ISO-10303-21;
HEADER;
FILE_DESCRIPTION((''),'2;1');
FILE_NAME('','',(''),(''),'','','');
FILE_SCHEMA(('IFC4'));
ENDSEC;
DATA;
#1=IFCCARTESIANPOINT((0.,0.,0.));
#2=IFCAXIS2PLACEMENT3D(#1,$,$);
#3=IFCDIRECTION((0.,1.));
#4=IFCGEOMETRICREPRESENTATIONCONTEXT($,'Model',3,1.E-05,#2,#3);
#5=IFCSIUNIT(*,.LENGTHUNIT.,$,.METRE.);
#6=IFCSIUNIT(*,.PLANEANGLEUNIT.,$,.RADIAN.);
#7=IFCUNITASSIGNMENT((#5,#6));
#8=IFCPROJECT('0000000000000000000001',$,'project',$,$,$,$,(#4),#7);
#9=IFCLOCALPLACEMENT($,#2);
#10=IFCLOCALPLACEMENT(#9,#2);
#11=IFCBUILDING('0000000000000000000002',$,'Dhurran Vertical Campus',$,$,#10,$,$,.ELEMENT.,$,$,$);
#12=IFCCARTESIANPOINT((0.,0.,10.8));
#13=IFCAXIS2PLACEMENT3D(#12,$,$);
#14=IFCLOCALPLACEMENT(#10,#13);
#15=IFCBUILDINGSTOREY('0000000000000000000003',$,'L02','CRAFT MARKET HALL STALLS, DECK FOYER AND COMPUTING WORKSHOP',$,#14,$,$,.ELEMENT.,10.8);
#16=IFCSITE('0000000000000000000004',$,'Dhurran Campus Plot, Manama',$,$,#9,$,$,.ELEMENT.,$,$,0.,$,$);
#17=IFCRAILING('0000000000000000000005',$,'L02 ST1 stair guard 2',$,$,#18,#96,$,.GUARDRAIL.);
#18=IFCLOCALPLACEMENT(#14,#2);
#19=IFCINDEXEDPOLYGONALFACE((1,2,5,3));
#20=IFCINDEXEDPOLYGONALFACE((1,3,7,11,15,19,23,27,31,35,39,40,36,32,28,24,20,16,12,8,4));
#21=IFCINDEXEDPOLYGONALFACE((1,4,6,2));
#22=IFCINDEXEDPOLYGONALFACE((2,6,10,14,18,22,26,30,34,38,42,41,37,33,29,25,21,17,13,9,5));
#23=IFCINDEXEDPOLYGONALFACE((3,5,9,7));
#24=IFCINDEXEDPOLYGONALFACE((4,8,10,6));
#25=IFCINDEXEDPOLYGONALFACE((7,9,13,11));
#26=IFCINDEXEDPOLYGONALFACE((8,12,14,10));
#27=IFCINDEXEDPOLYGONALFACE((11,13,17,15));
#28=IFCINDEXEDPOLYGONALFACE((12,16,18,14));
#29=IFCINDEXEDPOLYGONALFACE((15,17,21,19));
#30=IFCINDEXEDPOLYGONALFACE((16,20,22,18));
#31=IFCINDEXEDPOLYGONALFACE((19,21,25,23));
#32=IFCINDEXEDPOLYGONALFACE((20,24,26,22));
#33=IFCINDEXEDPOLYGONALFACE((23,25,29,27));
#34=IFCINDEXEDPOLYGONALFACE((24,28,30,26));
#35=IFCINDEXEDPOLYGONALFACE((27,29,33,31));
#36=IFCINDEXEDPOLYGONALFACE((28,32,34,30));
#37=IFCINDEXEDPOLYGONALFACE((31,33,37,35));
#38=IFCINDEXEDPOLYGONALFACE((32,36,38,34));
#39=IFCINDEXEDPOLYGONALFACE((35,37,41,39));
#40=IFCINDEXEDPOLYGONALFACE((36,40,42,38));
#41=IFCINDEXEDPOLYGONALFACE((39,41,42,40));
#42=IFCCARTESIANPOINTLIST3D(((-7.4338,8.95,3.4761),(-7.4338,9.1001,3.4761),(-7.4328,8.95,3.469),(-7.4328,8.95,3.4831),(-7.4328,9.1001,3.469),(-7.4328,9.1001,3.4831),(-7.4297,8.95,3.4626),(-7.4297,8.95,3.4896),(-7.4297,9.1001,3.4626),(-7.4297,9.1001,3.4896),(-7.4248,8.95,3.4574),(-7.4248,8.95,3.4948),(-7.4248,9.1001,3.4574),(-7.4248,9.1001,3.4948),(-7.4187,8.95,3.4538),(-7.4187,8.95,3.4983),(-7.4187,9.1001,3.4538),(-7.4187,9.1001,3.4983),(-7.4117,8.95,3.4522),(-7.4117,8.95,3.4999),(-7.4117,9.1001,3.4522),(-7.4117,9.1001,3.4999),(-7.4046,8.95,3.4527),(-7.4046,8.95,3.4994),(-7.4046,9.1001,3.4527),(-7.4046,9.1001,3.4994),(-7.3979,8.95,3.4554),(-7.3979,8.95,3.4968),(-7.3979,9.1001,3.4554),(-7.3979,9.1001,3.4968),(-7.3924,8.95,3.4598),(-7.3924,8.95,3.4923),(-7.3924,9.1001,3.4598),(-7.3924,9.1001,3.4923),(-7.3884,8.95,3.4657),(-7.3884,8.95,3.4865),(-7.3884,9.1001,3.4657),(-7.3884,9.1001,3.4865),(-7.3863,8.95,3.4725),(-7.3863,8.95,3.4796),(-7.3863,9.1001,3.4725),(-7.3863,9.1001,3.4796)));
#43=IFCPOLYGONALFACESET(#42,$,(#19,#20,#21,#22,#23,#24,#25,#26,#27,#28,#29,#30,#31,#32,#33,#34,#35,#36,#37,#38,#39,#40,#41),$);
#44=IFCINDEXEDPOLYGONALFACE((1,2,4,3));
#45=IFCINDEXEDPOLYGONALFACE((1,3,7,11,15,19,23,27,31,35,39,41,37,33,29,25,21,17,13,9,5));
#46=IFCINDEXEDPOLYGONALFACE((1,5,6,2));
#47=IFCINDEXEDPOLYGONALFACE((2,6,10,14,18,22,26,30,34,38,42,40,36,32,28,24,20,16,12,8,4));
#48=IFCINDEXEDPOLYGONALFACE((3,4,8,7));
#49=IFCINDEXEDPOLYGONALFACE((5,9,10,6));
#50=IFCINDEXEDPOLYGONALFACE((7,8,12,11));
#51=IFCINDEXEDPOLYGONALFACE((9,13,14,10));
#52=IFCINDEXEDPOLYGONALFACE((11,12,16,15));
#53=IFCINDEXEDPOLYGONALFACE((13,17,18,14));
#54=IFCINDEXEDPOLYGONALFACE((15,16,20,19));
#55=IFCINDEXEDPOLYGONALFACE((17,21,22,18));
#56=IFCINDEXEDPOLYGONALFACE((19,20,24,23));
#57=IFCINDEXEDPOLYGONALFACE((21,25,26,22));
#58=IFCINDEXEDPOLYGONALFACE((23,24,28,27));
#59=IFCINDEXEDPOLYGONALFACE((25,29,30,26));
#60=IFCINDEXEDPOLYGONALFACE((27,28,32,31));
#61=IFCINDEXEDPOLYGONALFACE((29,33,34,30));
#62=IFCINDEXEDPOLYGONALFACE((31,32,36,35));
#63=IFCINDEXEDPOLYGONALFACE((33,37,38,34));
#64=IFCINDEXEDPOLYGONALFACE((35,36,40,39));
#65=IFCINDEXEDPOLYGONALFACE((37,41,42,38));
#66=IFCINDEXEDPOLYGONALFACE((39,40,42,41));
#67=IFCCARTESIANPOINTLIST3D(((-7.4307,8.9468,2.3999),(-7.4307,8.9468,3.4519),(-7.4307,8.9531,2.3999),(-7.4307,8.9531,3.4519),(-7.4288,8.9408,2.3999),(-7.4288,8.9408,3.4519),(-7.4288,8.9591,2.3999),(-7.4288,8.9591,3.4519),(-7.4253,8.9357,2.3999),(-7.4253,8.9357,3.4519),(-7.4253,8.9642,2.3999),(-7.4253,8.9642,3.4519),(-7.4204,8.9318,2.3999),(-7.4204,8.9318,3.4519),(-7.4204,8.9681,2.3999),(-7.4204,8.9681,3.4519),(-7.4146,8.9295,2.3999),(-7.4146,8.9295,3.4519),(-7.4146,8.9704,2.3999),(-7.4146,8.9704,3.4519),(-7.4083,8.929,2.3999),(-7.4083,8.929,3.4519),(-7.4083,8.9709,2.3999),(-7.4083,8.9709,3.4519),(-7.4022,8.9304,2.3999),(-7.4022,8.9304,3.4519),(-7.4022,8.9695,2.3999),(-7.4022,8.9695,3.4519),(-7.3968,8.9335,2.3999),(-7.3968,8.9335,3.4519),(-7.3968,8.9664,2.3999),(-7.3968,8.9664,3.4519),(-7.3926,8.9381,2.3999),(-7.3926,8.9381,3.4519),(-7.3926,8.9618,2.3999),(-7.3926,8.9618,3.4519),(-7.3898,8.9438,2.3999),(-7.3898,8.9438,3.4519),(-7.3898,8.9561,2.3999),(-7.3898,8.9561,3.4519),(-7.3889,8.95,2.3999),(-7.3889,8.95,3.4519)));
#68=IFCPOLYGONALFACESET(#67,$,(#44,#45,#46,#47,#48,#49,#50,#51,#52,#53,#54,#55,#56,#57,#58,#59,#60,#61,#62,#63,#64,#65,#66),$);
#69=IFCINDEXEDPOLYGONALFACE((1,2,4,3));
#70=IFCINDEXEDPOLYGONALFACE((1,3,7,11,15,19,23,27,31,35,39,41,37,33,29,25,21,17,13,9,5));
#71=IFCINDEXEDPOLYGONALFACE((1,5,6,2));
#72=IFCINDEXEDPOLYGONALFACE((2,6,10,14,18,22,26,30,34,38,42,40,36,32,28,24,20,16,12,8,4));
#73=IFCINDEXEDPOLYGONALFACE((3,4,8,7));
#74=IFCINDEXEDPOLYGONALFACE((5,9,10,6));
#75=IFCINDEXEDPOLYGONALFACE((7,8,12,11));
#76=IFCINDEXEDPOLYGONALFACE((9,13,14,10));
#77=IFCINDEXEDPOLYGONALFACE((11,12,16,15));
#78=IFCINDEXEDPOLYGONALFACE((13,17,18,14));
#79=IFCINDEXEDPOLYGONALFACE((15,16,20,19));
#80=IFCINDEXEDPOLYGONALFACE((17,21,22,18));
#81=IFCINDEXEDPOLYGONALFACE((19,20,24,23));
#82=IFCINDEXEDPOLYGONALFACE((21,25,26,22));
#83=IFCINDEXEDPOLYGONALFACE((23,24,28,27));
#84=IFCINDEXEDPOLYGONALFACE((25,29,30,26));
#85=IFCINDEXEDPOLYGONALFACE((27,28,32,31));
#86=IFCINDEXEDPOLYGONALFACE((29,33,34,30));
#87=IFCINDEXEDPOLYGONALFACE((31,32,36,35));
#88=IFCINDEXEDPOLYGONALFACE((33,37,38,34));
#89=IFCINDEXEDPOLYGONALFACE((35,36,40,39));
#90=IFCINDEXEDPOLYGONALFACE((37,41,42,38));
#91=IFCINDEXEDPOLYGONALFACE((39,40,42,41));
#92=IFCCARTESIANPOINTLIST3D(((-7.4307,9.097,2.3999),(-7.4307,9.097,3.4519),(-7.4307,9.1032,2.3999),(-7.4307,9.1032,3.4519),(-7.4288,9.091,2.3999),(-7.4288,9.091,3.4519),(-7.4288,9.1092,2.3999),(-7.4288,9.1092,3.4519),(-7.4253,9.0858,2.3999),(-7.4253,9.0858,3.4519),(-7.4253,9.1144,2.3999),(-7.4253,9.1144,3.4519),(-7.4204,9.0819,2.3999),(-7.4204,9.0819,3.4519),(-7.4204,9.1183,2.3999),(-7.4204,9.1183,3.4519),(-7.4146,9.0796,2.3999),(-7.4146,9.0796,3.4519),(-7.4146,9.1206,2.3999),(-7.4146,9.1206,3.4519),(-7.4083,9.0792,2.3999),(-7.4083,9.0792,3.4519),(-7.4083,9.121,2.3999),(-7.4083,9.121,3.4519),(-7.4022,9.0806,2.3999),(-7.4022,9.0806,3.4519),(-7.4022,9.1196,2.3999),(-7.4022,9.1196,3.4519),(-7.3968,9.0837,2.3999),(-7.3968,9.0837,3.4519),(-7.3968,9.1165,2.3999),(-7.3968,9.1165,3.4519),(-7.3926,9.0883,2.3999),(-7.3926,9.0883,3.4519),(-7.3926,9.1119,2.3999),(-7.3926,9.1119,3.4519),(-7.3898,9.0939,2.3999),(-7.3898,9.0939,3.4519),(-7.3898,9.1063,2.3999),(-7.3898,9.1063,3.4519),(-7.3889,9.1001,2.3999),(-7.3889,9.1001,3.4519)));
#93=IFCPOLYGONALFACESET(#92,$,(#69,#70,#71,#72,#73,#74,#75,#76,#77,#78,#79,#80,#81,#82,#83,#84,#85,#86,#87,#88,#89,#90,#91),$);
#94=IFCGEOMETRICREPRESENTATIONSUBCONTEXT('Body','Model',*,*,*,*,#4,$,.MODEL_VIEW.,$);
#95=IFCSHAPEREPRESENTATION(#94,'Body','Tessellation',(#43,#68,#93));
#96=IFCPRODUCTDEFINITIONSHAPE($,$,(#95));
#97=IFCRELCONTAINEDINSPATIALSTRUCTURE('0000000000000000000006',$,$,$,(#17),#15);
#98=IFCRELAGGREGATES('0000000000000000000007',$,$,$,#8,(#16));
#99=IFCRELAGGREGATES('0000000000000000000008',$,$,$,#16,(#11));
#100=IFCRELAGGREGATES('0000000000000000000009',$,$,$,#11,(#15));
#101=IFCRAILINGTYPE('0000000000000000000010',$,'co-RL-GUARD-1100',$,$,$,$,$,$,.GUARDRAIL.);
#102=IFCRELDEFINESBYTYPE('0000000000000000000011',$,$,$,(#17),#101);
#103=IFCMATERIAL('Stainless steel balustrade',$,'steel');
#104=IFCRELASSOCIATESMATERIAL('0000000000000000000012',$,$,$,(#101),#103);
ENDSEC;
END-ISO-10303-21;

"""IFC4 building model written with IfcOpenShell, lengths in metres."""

from ifc_helpers import new_model, si_unit, direction, frame, origin, origin_2d, place, context, subcontext, project, spatial, circle, extrude, material, type_object, element, save


model = new_model("IFC4")

# Units and contexts
model_context = context("Model", 3, precision=1e-05, world=origin(), true_north=direction((0.0, 1.0)))
body_context = subcontext(model_context, "Body", "Model", "MODEL_VIEW")
ifc_project = project(units=[si_unit("LENGTHUNIT", "METRE"), si_unit("PLANEANGLEUNIT", "RADIAN")], contexts=[model_context])

# Site, building, storey
site_placement = place(None, origin())
site = spatial("IfcSite", under=ifc_project, at=site_placement, Name="Dhurran Campus Plot, Manama", CompositionType="ELEMENT", RefElevation=0.0)
building_placement = place(site_placement, origin())
building = spatial("IfcBuilding", under=site, at=building_placement, Name="Dhurran Vertical Campus", CompositionType="ELEMENT")
storey_placement = place(building_placement, frame((0.0, 0.0, 10.8)))
storey = spatial("IfcBuildingStorey", under=building, at=storey_placement, Name="L02", Description="CRAFT MARKET HALL STALLS, DECK FOYER AND COMPUTING WORKSHOP", CompositionType="ELEMENT", Elevation=10.8)

# Railing
ifc_material_1 = material(Name="Stainless steel balustrade", Category="steel")
railing_type_1 = type_object("IfcRailingType", Name="co-RL-GUARD-1100", PredefinedType="GUARDRAIL", material=ifc_material_1)
railing_1_placement = place(storey_placement, frame((-7.4099, 8.95, 2.3999)))
element("IfcRailing", 1, at=railing_1_placement, inside=storey, type_object=railing_type_1, Name="L02 ST1 stair guard 2", PredefinedType="GUARDRAIL", context=body_context, shape_type="SweptSolid", body=[
    extrude(circle(Radius=0.0239, at=origin_2d()), frame((0.0, 0.0, 1.0762), z_axis=(0.0, 1.0, 0.0), x_axis=(-1.0, 0.0, 0.0)), (0.0, 0.0, 1.0), 0.1501),
    extrude(circle(Radius=0.021, at=origin_2d()), origin(), (0.0, 0.0, 1.0), 1.052),
    extrude(circle(Radius=0.021, at=origin_2d()), frame((0.0, 0.1501, 0.0)), (0.0, 0.0, 1.0), 1.052),
])

save(model, "model.ifc")
